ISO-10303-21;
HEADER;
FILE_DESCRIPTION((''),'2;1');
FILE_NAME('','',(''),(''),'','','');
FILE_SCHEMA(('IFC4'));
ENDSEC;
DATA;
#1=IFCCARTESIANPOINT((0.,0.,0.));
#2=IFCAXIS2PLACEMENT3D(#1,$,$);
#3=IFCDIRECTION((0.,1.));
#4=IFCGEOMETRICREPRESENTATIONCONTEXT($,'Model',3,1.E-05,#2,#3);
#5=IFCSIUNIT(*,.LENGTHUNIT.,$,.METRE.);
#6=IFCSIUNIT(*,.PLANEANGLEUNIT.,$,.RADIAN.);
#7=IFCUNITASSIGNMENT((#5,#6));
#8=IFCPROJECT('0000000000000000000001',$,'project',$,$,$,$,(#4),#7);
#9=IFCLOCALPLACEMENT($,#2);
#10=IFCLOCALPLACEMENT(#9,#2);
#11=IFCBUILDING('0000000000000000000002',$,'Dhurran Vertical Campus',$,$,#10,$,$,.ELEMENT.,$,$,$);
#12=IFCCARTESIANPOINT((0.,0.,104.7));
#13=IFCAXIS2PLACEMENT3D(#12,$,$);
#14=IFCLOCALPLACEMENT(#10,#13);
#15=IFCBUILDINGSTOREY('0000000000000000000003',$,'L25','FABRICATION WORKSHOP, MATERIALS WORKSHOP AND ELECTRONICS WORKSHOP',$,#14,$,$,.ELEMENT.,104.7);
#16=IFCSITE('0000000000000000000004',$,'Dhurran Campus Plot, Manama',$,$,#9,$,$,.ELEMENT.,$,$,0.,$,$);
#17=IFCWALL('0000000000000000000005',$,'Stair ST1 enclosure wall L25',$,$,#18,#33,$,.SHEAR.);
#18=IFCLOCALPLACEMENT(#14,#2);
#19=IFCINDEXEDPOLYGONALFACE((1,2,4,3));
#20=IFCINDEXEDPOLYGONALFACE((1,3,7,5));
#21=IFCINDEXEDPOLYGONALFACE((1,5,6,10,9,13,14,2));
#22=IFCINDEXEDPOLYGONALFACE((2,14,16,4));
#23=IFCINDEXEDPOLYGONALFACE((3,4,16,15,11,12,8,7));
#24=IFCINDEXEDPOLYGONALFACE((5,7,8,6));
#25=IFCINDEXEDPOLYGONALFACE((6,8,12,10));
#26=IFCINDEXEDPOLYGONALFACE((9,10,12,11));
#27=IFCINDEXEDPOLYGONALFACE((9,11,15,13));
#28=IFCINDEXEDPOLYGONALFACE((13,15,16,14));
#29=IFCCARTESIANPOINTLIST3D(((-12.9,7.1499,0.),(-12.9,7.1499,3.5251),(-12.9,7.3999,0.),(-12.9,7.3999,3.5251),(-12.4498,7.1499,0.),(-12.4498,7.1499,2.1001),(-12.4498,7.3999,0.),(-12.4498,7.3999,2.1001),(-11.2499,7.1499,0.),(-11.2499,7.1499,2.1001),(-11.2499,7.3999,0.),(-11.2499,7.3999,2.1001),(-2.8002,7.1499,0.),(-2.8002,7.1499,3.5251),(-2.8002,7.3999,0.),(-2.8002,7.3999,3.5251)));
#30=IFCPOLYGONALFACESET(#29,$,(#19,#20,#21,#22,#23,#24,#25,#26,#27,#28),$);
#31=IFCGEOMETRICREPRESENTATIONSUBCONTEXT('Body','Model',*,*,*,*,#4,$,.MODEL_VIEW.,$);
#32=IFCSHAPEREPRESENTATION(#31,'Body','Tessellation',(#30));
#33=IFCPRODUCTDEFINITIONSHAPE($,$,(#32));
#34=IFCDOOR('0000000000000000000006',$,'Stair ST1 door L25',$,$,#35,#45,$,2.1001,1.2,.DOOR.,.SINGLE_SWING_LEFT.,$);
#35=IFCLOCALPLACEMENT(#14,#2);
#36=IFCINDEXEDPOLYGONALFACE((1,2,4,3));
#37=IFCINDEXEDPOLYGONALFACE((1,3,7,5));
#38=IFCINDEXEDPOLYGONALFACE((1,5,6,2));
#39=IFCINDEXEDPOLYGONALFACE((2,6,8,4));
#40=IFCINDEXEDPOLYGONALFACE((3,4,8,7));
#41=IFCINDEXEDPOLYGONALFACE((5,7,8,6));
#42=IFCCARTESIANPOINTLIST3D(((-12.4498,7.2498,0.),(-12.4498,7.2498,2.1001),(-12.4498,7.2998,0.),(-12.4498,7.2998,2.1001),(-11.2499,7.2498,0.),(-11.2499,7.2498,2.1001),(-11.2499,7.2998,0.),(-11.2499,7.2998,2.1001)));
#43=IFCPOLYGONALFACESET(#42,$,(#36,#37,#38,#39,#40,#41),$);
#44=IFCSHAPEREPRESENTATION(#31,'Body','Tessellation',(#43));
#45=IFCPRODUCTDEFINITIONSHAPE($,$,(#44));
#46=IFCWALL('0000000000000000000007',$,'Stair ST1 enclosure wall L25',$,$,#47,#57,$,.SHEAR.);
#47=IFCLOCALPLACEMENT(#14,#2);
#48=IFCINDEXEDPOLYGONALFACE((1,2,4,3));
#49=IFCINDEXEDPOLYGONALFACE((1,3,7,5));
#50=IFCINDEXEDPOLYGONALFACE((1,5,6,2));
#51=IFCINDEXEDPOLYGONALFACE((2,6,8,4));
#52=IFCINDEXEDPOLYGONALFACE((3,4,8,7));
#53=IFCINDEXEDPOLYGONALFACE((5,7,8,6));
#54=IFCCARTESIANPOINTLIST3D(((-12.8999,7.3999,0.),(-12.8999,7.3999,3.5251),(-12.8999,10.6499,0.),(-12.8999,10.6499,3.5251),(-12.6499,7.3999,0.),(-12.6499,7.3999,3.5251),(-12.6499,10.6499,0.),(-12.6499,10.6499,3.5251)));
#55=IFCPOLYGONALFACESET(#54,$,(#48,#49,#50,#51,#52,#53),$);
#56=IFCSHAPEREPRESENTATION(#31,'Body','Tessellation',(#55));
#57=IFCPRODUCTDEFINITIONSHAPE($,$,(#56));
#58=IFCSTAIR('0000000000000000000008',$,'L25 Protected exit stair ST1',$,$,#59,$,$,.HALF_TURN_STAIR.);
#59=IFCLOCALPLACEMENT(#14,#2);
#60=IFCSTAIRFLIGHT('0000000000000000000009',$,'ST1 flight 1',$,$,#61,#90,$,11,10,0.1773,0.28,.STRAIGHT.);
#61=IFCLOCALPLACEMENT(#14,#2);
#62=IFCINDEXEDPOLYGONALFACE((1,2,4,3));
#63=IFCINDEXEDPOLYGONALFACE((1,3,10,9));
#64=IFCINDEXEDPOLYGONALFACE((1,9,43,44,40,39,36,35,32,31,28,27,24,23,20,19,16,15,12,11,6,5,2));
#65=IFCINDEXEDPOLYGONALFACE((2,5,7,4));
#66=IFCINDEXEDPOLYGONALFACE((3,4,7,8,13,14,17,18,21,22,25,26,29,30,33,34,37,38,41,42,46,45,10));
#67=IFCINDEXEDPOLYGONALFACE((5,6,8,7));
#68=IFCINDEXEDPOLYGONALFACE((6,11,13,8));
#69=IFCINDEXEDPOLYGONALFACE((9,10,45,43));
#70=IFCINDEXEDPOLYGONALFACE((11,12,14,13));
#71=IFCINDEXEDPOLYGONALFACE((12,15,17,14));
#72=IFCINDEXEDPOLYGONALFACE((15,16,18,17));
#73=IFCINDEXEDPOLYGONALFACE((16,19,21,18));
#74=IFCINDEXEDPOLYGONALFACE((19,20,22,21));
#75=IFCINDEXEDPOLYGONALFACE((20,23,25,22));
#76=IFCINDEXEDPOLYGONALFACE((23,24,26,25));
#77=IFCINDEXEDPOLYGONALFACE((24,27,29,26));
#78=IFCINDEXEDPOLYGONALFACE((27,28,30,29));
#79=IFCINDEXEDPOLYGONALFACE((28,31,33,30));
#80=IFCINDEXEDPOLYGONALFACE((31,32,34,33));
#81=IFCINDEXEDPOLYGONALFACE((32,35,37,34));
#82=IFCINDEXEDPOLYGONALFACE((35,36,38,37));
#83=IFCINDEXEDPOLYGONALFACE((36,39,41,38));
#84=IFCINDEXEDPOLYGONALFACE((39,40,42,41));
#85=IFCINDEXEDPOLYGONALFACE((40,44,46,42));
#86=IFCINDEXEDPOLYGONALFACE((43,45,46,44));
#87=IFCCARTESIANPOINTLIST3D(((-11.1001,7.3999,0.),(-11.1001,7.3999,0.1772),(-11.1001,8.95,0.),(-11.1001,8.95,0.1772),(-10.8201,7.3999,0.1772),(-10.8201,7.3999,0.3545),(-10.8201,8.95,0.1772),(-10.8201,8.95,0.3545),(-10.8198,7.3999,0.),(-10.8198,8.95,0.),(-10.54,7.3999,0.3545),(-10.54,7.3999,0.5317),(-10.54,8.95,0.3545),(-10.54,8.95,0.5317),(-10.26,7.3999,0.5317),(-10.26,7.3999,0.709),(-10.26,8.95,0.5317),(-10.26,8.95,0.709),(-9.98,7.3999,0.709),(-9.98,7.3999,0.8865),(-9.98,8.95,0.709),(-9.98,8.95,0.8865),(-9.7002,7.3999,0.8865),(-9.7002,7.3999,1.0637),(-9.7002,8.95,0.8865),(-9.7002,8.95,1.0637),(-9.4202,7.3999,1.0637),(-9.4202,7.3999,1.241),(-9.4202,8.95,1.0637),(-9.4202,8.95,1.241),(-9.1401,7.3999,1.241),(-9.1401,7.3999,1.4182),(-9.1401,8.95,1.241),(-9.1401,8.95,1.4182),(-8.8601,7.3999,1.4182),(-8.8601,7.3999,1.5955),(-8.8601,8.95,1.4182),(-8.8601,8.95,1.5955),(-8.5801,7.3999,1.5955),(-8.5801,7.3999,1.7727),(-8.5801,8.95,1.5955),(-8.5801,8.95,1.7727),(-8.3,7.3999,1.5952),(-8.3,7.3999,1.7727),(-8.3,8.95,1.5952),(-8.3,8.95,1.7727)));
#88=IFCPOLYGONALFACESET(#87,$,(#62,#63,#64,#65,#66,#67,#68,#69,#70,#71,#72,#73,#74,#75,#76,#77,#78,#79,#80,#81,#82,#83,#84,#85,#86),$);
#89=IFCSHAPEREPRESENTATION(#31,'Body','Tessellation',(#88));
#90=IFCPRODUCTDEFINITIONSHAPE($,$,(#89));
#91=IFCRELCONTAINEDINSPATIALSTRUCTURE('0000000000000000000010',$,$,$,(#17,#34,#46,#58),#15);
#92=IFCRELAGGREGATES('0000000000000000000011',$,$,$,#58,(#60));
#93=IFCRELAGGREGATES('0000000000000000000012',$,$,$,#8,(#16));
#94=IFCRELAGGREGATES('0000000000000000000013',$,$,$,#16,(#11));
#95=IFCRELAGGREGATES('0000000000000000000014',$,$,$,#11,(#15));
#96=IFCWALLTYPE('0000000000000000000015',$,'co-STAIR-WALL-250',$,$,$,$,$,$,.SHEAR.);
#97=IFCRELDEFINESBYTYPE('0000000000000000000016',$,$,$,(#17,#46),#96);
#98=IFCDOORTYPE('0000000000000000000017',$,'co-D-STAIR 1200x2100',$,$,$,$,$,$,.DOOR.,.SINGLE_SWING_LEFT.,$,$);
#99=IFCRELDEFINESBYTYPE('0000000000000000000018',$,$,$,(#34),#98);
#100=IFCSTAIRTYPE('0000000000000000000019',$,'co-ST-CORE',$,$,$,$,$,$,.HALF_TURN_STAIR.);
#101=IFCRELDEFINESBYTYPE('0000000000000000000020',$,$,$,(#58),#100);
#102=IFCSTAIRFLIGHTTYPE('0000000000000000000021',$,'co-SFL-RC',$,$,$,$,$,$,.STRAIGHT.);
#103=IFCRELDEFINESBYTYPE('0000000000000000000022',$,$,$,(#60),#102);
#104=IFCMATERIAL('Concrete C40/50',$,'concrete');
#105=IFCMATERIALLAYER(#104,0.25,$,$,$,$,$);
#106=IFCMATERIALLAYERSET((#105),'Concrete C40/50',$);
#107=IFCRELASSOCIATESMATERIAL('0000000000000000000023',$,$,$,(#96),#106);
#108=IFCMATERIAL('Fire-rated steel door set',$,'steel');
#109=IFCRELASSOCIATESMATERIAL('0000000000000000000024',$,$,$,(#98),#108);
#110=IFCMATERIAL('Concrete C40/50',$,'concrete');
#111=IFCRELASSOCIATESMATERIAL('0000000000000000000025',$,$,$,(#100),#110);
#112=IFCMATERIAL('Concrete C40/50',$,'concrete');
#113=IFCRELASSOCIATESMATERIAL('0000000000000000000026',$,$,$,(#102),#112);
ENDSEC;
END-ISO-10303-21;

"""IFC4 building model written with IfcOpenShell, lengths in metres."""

from ifc_helpers import new_model, si_unit, direction, frame, frame_2d, origin, place, context, subcontext, project, spatial, polyline, rectangle, outline, extrude, material, layer, layer_set, type_object, element, fill, aggregate, save


model = new_model("IFC4")

# Units and contexts
model_context = context("Model", 3, precision=1e-05, world=origin(), true_north=direction((0.0, 1.0)))
body_context = subcontext(model_context, "Body", "Model", "MODEL_VIEW")
ifc_project = project(units=[si_unit("LENGTHUNIT", "METRE"), si_unit("PLANEANGLEUNIT", "RADIAN")], contexts=[model_context])

# Site, building, storey
site_placement = place(None, origin())
site = spatial("IfcSite", under=ifc_project, at=site_placement, Name="Dhurran Campus Plot, Manama", CompositionType="ELEMENT", RefElevation=0.0)
building_placement = place(site_placement, origin())
building = spatial("IfcBuilding", under=site, at=building_placement, Name="Dhurran Vertical Campus", CompositionType="ELEMENT")
storey_placement = place(building_placement, frame((0.0, 0.0, 104.7)))
storey = spatial("IfcBuildingStorey", under=building, at=storey_placement, Name="L25", Description="FABRICATION WORKSHOP, MATERIALS WORKSHOP AND ELECTRONICS WORKSHOP", CompositionType="ELEMENT", Elevation=104.7)

# Wall, opening, door
ifc_material_1 = material(Name="Concrete C40/50", Category="concrete")
ifc_layer_1 = layer(ifc_material_1, 0.25)
ifc_layer_set_1 = layer_set([ifc_layer_1], Name="Concrete C40/50")
wall_type_1 = type_object("IfcWallType", Name="co-STAIR-WALL-250", PredefinedType="SHEAR", material=ifc_layer_set_1)
wall_1_placement = place(storey_placement, frame((-12.8999, 7.2749, 0.0), z_axis=(0.0, 0.0, 1.0), x_axis=(1.0, 0.0, 0.0)))
wall_1 = element("IfcWall", 1, at=wall_1_placement, inside=storey, type_object=wall_type_1, Name="Stair ST1 enclosure wall L25", PredefinedType="SHEAR", context=body_context, shape_type="SweptSolid", body=[
    extrude(rectangle(XDim=10.0999, YDim=0.25, at=frame_2d((5.0498, 0.0))), origin(), (0.0, 0.0, 1.0), 3.5251),
])
opening_1_placement = place(wall_1_placement, frame((0.45, 0.0, 0.0)))
opening_1 = element("IfcOpeningElement", 2, at=opening_1_placement, cuts=wall_1, PredefinedType="OPENING", context=body_context, shape_type="SweptSolid", body=[
    extrude(rectangle(XDim=1.2, YDim=2.1001, at=frame_2d((0.6001, 1.05))), frame((0.0, 0.135, 0.0), z_axis=(0.0, -1.0, 0.0), x_axis=(1.0, 0.0, 0.0)), (0.0, 0.0, 1.0), 0.27),
])
ifc_material_2 = material(Name="Fire-rated steel door set", Category="steel")
door_type_1 = type_object("IfcDoorType", Name="co-D-STAIR 1200x2100", OperationType="SINGLE_SWING_LEFT", PredefinedType="DOOR", material=ifc_material_2)
door_1_placement = place(opening_1_placement, origin())
door_1 = element("IfcDoor", 3, at=door_1_placement, inside=storey, type_object=door_type_1, Name="Stair ST1 door L25", OperationType="SINGLE_SWING_LEFT", OverallHeight=2.1001, OverallWidth=1.2, PredefinedType="DOOR", context=body_context, shape_type="SweptSolid", body=[
    extrude(rectangle(XDim=1.2, YDim=2.1001, at=frame_2d((0.6001, 1.05))), frame((0.0, 0.0249, 0.0), z_axis=(0.0, -1.0, 0.0), x_axis=(1.0, 0.0, 0.0)), (0.0, 0.0, 1.0), 0.05),
])
fill(opening_1, door_1)

# Wall
wall_2_placement = place(storey_placement, frame((-12.7749, 7.3999, 0.0), z_axis=(0.0, 0.0, 1.0), x_axis=(0.0, 1.0, 0.0)))
element("IfcWall", 4, at=wall_2_placement, inside=storey, type_object=wall_type_1, Name="Stair ST1 enclosure wall L25", PredefinedType="SHEAR", context=body_context, shape_type="SweptSolid", body=[
    extrude(rectangle(XDim=3.25, YDim=0.25, at=frame_2d((1.625, 0.0))), origin(), (0.0, 0.0, 1.0), 3.5251),
])

# Stair, stair flight
ifc_material_3 = material(Name="Concrete C40/50", Category="concrete")
stair_type = type_object("IfcStairType", Name="co-ST-CORE", PredefinedType="HALF_TURN_STAIR", material=ifc_material_3)
stair_placement = place(storey_placement, origin())
stair = element("IfcStair", 5, at=stair_placement, inside=storey, type_object=stair_type, Name="L25 Protected exit stair ST1", PredefinedType="HALF_TURN_STAIR")
ifc_material_4 = material(Name="Concrete C40/50", Category="concrete")
stair_flight_type = type_object("IfcStairFlightType", Name="co-SFL-RC", PredefinedType="STRAIGHT", material=ifc_material_4)
stair_flight_placement = place(storey_placement, frame((-11.1001, 8.175, 0.0), z_axis=(0.0, 0.0, 1.0), x_axis=(1.0, 0.0, 0.0)))
stair_flight = element("IfcStairFlight", 6, at=stair_flight_placement, type_object=stair_flight_type, Name="ST1 flight 1", NumberOfRisers=11, NumberOfTreads=10, PredefinedType="STRAIGHT", RiserHeight=0.1773, TreadLength=0.28, context=body_context, shape_type="SweptSolid", body=[
    extrude(outline(polyline([(0.0, 0.0), (0.0, 0.1772), (0.28, 0.1772), (0.28, 0.3545), (0.5601, 0.3545), (0.5601, 0.5317), (0.8401, 0.5317), (0.8401, 0.709), (1.1201, 0.709), (1.1201, 0.8865), (1.3999, 0.8865), (1.3999, 1.0637), (1.6799, 1.0637), (1.6799, 1.241), (1.96, 1.241), (1.96, 1.4182), (2.24, 1.4182), (2.24, 1.5955), (2.52, 1.5955), (2.52, 1.7727), (2.8, 1.7727), (2.8, 1.95), (2.8, 1.5952), (0.2803, 0.0), (0.0, 0.0)])), frame((0.0, 0.7749, 0.0), z_axis=(0.0, -1.0, 0.0), x_axis=(1.0, 0.0, 0.0)), (0.0, 0.0, 1.0), 1.55),
])
aggregate(stair, [stair_flight])

save(model, "model.ifc")
